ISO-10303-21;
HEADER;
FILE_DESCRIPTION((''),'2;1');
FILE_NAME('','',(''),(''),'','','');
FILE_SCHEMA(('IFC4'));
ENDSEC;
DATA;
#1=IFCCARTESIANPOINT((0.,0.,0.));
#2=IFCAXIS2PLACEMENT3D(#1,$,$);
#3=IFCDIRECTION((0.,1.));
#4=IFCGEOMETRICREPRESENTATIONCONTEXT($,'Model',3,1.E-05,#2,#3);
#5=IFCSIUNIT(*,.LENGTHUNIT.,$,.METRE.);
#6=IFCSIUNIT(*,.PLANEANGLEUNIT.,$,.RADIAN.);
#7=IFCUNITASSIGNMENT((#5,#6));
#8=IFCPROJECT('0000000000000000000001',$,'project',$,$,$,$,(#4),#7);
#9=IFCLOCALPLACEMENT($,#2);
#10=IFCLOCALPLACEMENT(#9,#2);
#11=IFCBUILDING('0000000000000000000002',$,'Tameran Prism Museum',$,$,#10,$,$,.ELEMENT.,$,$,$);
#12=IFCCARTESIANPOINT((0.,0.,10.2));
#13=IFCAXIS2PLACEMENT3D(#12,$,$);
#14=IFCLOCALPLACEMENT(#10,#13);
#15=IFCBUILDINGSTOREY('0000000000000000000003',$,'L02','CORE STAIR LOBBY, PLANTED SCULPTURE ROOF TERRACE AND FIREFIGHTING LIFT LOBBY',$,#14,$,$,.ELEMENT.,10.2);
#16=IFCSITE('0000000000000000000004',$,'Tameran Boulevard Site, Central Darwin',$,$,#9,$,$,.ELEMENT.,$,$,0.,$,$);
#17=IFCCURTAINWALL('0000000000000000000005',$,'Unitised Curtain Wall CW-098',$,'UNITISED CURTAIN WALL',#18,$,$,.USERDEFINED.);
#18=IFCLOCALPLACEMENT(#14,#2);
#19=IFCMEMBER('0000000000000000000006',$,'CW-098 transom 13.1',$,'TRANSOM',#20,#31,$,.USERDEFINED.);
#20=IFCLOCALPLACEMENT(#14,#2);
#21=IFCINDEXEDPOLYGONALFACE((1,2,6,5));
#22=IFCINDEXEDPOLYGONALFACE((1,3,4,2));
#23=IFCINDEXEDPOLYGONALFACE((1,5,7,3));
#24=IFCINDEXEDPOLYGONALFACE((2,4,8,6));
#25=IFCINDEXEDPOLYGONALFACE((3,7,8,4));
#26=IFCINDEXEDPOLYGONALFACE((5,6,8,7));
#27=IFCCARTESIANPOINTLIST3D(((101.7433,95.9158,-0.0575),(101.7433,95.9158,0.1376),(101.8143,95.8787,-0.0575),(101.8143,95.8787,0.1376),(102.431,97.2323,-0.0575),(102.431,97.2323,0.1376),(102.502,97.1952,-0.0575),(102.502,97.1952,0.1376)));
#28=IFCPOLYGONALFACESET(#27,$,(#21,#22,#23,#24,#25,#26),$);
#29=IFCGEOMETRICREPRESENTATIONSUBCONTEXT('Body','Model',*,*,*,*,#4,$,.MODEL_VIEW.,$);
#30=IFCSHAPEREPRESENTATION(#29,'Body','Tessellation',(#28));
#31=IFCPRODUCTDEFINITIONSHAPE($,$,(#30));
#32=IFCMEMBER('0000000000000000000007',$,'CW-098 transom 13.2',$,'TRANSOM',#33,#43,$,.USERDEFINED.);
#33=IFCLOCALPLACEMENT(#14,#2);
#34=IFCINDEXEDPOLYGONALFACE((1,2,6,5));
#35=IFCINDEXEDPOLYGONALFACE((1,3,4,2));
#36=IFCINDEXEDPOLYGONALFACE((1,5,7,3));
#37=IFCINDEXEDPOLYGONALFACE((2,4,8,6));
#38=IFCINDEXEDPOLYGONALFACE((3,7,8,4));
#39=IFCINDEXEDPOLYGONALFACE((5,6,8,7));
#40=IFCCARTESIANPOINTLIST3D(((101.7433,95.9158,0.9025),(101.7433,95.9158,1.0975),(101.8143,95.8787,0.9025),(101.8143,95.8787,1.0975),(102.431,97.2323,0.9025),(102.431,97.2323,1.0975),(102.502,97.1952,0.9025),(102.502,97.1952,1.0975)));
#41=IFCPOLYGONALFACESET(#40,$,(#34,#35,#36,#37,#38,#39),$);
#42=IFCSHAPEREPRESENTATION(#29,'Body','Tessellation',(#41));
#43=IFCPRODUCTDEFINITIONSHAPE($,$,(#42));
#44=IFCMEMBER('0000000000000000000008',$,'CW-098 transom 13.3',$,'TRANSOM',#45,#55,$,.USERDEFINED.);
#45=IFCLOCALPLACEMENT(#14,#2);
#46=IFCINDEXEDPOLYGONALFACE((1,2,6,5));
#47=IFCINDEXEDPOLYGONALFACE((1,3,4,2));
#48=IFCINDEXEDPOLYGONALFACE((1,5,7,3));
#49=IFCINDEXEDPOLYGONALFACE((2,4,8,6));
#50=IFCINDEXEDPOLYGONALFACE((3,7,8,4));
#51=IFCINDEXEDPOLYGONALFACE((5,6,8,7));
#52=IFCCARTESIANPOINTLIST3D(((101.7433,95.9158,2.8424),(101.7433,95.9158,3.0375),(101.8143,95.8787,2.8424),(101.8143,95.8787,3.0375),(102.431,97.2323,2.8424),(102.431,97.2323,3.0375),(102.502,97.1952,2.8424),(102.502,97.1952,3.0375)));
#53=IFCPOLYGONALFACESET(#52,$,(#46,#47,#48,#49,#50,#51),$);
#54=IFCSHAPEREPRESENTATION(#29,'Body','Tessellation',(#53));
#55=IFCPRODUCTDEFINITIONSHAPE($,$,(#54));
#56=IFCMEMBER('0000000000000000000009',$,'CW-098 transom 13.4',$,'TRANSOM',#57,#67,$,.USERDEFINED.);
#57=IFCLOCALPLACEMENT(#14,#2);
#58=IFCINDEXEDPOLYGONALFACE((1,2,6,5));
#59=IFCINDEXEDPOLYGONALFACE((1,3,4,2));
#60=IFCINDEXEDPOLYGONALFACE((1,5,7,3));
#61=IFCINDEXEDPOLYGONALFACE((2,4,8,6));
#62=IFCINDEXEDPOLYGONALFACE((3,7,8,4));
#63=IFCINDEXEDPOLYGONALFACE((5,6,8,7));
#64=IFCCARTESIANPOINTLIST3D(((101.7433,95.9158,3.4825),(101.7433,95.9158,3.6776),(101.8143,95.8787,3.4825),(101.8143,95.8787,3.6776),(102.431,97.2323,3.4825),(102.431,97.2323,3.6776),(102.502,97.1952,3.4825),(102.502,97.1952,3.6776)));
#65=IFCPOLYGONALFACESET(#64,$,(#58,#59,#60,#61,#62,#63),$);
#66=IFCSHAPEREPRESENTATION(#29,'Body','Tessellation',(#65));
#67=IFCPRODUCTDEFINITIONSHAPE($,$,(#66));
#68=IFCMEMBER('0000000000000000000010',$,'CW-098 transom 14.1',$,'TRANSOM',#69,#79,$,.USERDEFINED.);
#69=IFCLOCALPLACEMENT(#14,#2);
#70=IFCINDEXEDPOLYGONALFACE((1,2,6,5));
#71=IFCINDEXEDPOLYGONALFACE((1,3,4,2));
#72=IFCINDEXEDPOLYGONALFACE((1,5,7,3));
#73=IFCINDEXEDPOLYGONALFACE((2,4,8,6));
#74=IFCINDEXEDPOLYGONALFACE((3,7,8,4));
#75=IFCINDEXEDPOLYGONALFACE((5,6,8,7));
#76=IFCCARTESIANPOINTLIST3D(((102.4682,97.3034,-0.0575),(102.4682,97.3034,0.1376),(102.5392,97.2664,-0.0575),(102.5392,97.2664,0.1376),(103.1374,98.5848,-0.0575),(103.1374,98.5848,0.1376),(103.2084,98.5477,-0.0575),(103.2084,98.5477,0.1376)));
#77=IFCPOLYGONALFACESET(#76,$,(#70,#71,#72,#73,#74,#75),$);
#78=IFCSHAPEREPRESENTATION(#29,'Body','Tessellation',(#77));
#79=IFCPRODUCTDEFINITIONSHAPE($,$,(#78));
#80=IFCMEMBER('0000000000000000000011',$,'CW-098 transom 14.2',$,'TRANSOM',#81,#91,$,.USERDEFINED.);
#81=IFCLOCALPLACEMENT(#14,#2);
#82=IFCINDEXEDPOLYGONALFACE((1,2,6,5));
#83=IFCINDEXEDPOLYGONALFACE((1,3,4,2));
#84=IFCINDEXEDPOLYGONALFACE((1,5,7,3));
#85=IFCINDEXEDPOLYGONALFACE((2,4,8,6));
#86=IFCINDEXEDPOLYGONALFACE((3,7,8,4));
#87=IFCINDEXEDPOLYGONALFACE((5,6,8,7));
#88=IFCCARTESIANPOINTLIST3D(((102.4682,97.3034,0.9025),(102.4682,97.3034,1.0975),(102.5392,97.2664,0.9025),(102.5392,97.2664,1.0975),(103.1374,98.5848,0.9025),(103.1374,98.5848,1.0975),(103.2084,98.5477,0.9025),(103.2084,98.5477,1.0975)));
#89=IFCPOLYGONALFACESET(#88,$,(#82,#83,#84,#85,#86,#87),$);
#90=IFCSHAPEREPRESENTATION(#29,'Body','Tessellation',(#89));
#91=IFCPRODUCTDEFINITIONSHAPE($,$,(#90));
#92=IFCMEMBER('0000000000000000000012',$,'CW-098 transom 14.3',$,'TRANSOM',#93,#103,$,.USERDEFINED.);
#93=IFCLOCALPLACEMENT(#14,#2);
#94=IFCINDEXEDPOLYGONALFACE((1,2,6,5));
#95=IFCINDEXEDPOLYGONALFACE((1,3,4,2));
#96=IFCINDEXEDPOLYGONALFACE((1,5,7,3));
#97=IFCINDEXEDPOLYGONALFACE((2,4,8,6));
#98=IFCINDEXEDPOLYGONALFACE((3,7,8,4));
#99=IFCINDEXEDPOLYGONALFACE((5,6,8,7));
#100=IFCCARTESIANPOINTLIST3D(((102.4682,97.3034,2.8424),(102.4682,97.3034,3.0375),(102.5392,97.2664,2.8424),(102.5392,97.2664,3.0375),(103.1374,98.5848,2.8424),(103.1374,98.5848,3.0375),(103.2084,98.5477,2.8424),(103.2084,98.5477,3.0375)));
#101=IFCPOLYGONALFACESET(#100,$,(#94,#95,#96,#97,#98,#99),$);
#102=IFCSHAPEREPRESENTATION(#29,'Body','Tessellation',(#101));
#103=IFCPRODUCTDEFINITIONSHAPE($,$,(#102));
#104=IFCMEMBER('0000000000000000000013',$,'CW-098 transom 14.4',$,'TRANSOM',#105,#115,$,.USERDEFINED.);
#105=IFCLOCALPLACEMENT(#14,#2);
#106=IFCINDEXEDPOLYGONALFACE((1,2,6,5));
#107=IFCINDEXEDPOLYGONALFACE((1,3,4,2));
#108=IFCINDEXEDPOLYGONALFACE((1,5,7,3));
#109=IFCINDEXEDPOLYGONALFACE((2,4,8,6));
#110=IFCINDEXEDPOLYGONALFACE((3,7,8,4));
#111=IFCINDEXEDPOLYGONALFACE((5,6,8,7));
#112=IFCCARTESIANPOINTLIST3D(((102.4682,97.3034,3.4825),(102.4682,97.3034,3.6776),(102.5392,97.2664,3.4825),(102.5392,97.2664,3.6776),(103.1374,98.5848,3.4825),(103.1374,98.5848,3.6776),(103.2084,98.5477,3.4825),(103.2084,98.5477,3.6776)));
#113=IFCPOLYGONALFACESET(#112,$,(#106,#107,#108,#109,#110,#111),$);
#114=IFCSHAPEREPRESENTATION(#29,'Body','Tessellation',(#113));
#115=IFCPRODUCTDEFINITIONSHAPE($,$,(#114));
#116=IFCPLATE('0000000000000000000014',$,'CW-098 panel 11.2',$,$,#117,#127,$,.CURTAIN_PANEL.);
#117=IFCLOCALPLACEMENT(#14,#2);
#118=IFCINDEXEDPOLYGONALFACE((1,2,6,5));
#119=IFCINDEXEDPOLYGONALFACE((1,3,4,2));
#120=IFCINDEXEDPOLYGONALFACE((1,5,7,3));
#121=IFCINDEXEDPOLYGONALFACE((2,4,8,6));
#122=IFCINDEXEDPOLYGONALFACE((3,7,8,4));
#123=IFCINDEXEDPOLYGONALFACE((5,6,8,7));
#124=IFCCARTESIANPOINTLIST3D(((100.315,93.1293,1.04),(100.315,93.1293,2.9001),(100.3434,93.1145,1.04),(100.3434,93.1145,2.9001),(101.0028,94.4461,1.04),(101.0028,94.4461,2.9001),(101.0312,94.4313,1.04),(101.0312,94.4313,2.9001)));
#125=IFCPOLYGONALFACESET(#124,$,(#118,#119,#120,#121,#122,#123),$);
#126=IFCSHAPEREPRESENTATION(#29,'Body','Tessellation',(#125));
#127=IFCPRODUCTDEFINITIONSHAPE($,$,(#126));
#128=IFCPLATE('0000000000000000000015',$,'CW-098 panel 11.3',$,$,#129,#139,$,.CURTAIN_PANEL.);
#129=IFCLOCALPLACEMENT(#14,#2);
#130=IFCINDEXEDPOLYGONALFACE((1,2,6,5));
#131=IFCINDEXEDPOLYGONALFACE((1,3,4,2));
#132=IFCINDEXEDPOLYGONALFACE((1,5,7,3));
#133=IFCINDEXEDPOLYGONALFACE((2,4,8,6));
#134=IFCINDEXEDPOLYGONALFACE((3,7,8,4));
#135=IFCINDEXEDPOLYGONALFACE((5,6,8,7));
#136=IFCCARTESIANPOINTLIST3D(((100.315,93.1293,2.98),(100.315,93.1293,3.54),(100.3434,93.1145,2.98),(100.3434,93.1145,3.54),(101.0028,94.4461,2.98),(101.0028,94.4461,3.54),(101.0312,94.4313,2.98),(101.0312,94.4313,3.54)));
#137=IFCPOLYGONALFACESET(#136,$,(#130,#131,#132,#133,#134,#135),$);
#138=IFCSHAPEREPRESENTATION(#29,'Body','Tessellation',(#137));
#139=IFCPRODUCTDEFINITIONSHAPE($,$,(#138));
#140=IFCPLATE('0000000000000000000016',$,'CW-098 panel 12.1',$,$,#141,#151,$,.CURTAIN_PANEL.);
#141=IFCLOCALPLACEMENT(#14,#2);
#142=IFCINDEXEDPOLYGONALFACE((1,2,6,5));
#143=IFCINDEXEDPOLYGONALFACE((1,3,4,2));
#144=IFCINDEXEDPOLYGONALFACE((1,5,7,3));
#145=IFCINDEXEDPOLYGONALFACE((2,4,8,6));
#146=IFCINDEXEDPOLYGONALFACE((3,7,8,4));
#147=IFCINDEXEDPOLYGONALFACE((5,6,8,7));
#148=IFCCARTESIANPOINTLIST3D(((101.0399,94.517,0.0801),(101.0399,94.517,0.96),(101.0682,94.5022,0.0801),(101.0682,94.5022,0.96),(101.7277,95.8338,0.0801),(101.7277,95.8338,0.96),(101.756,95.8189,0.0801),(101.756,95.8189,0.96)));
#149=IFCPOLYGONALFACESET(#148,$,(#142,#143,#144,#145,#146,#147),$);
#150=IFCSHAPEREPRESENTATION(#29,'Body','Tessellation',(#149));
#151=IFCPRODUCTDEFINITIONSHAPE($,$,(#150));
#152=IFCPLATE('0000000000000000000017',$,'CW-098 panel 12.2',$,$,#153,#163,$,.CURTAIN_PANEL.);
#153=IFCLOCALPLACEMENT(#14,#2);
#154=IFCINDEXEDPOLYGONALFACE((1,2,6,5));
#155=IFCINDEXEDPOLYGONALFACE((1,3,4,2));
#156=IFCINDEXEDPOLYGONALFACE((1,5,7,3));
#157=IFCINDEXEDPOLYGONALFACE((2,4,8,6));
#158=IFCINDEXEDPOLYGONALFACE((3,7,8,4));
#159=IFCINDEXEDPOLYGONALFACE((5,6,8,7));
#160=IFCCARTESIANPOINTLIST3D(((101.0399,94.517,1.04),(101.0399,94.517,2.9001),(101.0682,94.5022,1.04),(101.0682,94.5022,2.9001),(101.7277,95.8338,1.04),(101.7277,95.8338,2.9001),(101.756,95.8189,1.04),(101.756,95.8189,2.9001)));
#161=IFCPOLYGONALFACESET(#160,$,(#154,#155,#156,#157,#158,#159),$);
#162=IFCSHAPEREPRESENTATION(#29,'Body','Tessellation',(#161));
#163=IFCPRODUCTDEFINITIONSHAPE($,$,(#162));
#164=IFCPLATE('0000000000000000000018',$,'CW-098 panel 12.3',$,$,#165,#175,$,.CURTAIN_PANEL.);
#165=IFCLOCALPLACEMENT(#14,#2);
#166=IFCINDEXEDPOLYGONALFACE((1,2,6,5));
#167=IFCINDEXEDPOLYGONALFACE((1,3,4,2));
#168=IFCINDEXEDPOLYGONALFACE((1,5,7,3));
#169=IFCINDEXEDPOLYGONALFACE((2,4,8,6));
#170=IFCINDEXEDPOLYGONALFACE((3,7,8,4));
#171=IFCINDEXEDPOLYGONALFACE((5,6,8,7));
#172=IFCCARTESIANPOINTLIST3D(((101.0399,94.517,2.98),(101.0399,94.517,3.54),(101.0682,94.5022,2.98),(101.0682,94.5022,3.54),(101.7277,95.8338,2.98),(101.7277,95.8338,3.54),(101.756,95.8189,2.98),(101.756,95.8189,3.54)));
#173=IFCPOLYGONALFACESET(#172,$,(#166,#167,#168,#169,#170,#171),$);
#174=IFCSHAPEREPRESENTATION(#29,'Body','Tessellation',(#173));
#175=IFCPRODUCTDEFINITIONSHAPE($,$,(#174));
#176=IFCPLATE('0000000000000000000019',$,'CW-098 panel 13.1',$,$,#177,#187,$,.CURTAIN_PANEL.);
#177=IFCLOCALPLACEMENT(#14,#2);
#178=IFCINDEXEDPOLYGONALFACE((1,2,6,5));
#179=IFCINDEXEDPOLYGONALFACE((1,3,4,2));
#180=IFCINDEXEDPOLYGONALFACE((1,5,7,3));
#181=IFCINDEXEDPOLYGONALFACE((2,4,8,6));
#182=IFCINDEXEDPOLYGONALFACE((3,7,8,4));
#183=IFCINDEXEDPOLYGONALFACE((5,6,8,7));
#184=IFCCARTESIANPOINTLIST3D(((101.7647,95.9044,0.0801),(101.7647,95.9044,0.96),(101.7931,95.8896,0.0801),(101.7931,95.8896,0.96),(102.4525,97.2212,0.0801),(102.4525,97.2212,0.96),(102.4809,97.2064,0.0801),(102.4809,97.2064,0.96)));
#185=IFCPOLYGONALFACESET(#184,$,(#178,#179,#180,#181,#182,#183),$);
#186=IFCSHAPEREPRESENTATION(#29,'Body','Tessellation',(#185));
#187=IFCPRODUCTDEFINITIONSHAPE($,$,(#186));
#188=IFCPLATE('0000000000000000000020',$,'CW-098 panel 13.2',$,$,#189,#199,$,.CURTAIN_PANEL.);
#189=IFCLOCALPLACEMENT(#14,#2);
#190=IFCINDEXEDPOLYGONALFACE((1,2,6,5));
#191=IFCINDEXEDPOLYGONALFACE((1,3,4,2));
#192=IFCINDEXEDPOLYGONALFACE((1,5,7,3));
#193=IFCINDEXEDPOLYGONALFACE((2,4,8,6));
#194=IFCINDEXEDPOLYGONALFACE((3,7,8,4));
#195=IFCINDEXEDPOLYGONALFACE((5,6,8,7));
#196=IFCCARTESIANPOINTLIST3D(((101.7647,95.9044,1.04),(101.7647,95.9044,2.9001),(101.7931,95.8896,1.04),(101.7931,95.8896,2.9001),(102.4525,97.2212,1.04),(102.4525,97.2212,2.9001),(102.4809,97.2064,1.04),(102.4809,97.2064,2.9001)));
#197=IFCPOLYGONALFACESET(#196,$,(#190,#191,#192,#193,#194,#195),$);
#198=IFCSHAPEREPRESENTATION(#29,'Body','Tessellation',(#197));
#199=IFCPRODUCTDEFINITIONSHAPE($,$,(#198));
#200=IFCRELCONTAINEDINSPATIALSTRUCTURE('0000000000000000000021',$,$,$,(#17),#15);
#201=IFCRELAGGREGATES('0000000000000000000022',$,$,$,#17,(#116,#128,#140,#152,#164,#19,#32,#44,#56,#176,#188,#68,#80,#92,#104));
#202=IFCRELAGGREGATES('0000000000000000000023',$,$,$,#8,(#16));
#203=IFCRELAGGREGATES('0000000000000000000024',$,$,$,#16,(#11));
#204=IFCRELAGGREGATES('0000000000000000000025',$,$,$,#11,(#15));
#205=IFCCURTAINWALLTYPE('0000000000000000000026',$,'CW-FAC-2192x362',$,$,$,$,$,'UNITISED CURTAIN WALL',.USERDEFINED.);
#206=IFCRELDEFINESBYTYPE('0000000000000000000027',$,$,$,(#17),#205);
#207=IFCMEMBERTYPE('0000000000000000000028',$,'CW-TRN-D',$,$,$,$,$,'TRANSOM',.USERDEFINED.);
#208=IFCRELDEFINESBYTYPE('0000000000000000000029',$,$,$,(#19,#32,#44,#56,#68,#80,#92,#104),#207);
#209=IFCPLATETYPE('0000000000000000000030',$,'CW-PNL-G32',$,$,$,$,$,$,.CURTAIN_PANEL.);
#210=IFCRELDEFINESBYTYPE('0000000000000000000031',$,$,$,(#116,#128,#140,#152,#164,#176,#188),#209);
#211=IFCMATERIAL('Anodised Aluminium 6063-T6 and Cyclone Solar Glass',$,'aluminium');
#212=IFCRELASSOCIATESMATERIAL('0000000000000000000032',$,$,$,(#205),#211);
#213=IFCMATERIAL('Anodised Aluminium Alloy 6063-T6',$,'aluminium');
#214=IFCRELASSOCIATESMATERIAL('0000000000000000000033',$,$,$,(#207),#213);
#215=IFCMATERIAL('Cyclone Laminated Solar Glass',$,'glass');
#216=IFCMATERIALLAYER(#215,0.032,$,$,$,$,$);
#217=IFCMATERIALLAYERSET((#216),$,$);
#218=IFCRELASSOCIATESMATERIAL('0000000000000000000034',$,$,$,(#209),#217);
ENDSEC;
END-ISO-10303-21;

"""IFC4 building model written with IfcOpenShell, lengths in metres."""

from ifc_helpers import new_model, si_unit, direction, frame, origin, origin_2d, place, context, subcontext, project, spatial, rectangle, extrude, material, layer, layer_set, material_profile, profile_set, type_object, element, aggregate, save


model = new_model("IFC4")

# Units and contexts
model_context = context("Model", 3, precision=1e-05, world=origin(), true_north=direction((0.0, 1.0)))
body_context = subcontext(model_context, "Body", "Model", "MODEL_VIEW")
ifc_project = project(units=[si_unit("LENGTHUNIT", "METRE"), si_unit("PLANEANGLEUNIT", "RADIAN")], contexts=[model_context])

# Site, building, storey
site_placement = place(None, origin())
site = spatial("IfcSite", under=ifc_project, at=site_placement, Name="Tameran Boulevard Site, Central Darwin", CompositionType="ELEMENT", RefElevation=0.0)
building_placement = place(site_placement, origin())
building = spatial("IfcBuilding", under=site, at=building_placement, Name="Tameran Prism Museum", CompositionType="ELEMENT")
storey_placement = place(building_placement, frame((0.0, 0.0, 10.2)))
storey = spatial("IfcBuildingStorey", under=building, at=storey_placement, Name="L02", Description="CORE STAIR LOBBY, PLANTED SCULPTURE ROOF TERRACE AND FIREFIGHTING LIFT LOBBY", CompositionType="ELEMENT", Elevation=10.2)

# Curtain wall, members, plates
ifc_material_1 = material(Name="Anodised Aluminium 6063-T6 and Cyclone Solar Glass", Category="aluminium")
curtain_wall_type = type_object("IfcCurtainWallType", Name="CW-FAC-2192x362", ElementType="UNITISED CURTAIN WALL", PredefinedType="USERDEFINED", material=ifc_material_1)
curtain_wall_placement = place(storey_placement, origin())
curtain_wall = element("IfcCurtainWall", 1, at=curtain_wall_placement, inside=storey, type_object=curtain_wall_type, Name="Unitised Curtain Wall CW-098", ObjectType="UNITISED CURTAIN WALL", PredefinedType="USERDEFINED")
ifc_material_2 = material(Name="Anodised Aluminium Alloy 6063-T6", Category="aluminium")
ifc_material_profile_1 = material_profile(ifc_material_2, rectangle(XDim=0.0801, YDim=0.1951, at=origin_2d()))
ifc_profile_set_1 = profile_set([ifc_material_profile_1])
member_type_1 = type_object("IfcMemberType", Name="CW-TRN-D", ElementType="TRANSOM", PredefinedType="USERDEFINED", material=ifc_profile_set_1)
member_1_placement = place(storey_placement, frame((101.7788, 95.8972, 0.04), z_axis=(0.462987, 0.886365, 0.0), x_axis=(-0.886365, 0.462987, 0.0)))
member_1 = element("IfcMember", 2, at=member_1_placement, type_object=member_type_1, Name="CW-098 transom 13.1", ObjectType="TRANSOM", PredefinedType="USERDEFINED", context=body_context, shape_type="SweptSolid", body=[
    extrude(rectangle(XDim=0.0801, YDim=0.1951, at=origin_2d()), origin(), (0.0, 0.0, 1.0), 1.4854),
])
member_2_placement = place(storey_placement, frame((101.7788, 95.8972, 1.0), z_axis=(0.462987, 0.886365, 0.0), x_axis=(-0.886365, 0.462987, 0.0)))
member_2 = element("IfcMember", 3, at=member_2_placement, type_object=member_type_1, Name="CW-098 transom 13.2", ObjectType="TRANSOM", PredefinedType="USERDEFINED", context=body_context, shape_type="SweptSolid", body=[
    extrude(rectangle(XDim=0.0801, YDim=0.1951, at=origin_2d()), origin(), (0.0, 0.0, 1.0), 1.4854),
])
member_3_placement = place(storey_placement, frame((101.7788, 95.8972, 2.9399), z_axis=(0.462987, 0.886365, 0.0), x_axis=(-0.886365, 0.462987, 0.0)))
member_3 = element("IfcMember", 4, at=member_3_placement, type_object=member_type_1, Name="CW-098 transom 13.3", ObjectType="TRANSOM", PredefinedType="USERDEFINED", context=body_context, shape_type="SweptSolid", body=[
    extrude(rectangle(XDim=0.0801, YDim=0.1951, at=origin_2d()), origin(), (0.0, 0.0, 1.0), 1.4854),
])
member_4_placement = place(storey_placement, frame((101.7788, 95.8972, 3.5801), z_axis=(0.462987, 0.886365, 0.0), x_axis=(-0.886365, 0.462987, 0.0)))
member_4 = element("IfcMember", 5, at=member_4_placement, type_object=member_type_1, Name="CW-098 transom 13.4", ObjectType="TRANSOM", PredefinedType="USERDEFINED", context=body_context, shape_type="SweptSolid", body=[
    extrude(rectangle(XDim=0.0801, YDim=0.1951, at=origin_2d()), origin(), (0.0, 0.0, 1.0), 1.4854),
])
member_5_placement = place(storey_placement, frame((102.5037, 97.2849, 0.04), z_axis=(0.462953, 0.886383, 0.0), x_axis=(-0.886383, 0.462953, 0.0)))
member_5 = element("IfcMember", 6, at=member_5_placement, type_object=member_type_1, Name="CW-098 transom 14.1", ObjectType="TRANSOM", PredefinedType="USERDEFINED", context=body_context, shape_type="SweptSolid", body=[
    extrude(rectangle(XDim=0.0801, YDim=0.1951, at=origin_2d()), origin(), (0.0, 0.0, 1.0), 1.4456),
])
member_6_placement = place(storey_placement, frame((102.5037, 97.2849, 1.0), z_axis=(0.462953, 0.886383, 0.0), x_axis=(-0.886383, 0.462953, 0.0)))
member_6 = element("IfcMember", 7, at=member_6_placement, type_object=member_type_1, Name="CW-098 transom 14.2", ObjectType="TRANSOM", PredefinedType="USERDEFINED", context=body_context, shape_type="SweptSolid", body=[
    extrude(rectangle(XDim=0.0801, YDim=0.1951, at=origin_2d()), origin(), (0.0, 0.0, 1.0), 1.4456),
])
member_7_placement = place(storey_placement, frame((102.5037, 97.2849, 2.9399), z_axis=(0.462953, 0.886383, 0.0), x_axis=(-0.886383, 0.462953, 0.0)))
member_7 = element("IfcMember", 8, at=member_7_placement, type_object=member_type_1, Name="CW-098 transom 14.3", ObjectType="TRANSOM", PredefinedType="USERDEFINED", context=body_context, shape_type="SweptSolid", body=[
    extrude(rectangle(XDim=0.0801, YDim=0.1951, at=origin_2d()), origin(), (0.0, 0.0, 1.0), 1.4456),
])
member_8_placement = place(storey_placement, frame((102.5037, 97.2849, 3.5801), z_axis=(0.462953, 0.886383, 0.0), x_axis=(-0.886383, 0.462953, 0.0)))
member_8 = element("IfcMember", 9, at=member_8_placement, type_object=member_type_1, Name="CW-098 transom 14.4", ObjectType="TRANSOM", PredefinedType="USERDEFINED", context=body_context, shape_type="SweptSolid", body=[
    extrude(rectangle(XDim=0.0801, YDim=0.1951, at=origin_2d()), origin(), (0.0, 0.0, 1.0), 1.4456),
])
ifc_material_3 = material(Name="Cyclone Laminated Solar Glass", Category="glass")
ifc_layer = layer(ifc_material_3, 0.032)
ifc_layer_set = layer_set([ifc_layer])
plate_type = type_object("IfcPlateType", Name="CW-PNL-G32", PredefinedType="CURTAIN_PANEL", material=ifc_layer_set)
plate_1_placement = place(storey_placement, frame((100.6731, 93.7803, 1.04), z_axis=(0.0, 0.0, 1.0), x_axis=(0.463003, 0.886357, 0.0)))
plate_1 = element("IfcPlate", 10, at=plate_1_placement, type_object=plate_type, Name="CW-098 panel 11.2", PredefinedType="CURTAIN_PANEL", context=body_context, shape_type="SweptSolid", body=[
    extrude(rectangle(XDim=1.4856, YDim=0.032, at=origin_2d()), origin(), (0.0, 0.0, 1.0), 1.8601),
])
plate_2_placement = place(storey_placement, frame((100.6731, 93.7803, 2.98), z_axis=(0.0, 0.0, 1.0), x_axis=(0.463003, 0.886357, 0.0)))
plate_2 = element("IfcPlate", 11, at=plate_2_placement, type_object=plate_type, Name="CW-098 panel 11.3", PredefinedType="CURTAIN_PANEL", context=body_context, shape_type="SweptSolid", body=[
    extrude(rectangle(XDim=1.4856, YDim=0.032, at=origin_2d()), origin(), (0.0, 0.0, 1.0), 0.5601),
])
plate_3_placement = place(storey_placement, frame((101.3979, 95.168, 0.0801), z_axis=(0.0, 0.0, 1.0), x_axis=(0.463003, 0.886357, 0.0)))
plate_3 = element("IfcPlate", 12, at=plate_3_placement, type_object=plate_type, Name="CW-098 panel 12.1", PredefinedType="CURTAIN_PANEL", context=body_context, shape_type="SweptSolid", body=[
    extrude(rectangle(XDim=1.4856, YDim=0.032, at=origin_2d()), origin(), (0.0, 0.0, 1.0), 0.8799),
])
plate_4_placement = place(storey_placement, frame((101.3979, 95.168, 1.04), z_axis=(0.0, 0.0, 1.0), x_axis=(0.463003, 0.886357, 0.0)))
plate_4 = element("IfcPlate", 13, at=plate_4_placement, type_object=plate_type, Name="CW-098 panel 12.2", PredefinedType="CURTAIN_PANEL", context=body_context, shape_type="SweptSolid", body=[
    extrude(rectangle(XDim=1.4856, YDim=0.032, at=origin_2d()), origin(), (0.0, 0.0, 1.0), 1.8601),
])
plate_5_placement = place(storey_placement, frame((101.3979, 95.168, 2.98), z_axis=(0.0, 0.0, 1.0), x_axis=(0.463003, 0.886357, 0.0)))
plate_5 = element("IfcPlate", 14, at=plate_5_placement, type_object=plate_type, Name="CW-098 panel 12.3", PredefinedType="CURTAIN_PANEL", context=body_context, shape_type="SweptSolid", body=[
    extrude(rectangle(XDim=1.4856, YDim=0.032, at=origin_2d()), origin(), (0.0, 0.0, 1.0), 0.5601),
])
plate_6_placement = place(storey_placement, frame((102.1228, 96.5554, 0.0801), z_axis=(0.0, 0.0, 1.0), x_axis=(0.463003, 0.886357, 0.0)))
plate_6 = element("IfcPlate", 15, at=plate_6_placement, type_object=plate_type, Name="CW-098 panel 13.1", PredefinedType="CURTAIN_PANEL", context=body_context, shape_type="SweptSolid", body=[
    extrude(rectangle(XDim=1.4856, YDim=0.032, at=origin_2d()), origin(), (0.0, 0.0, 1.0), 0.8799),
])
plate_7_placement = place(storey_placement, frame((102.1228, 96.5554, 1.04), z_axis=(0.0, 0.0, 1.0), x_axis=(0.463003, 0.886357, 0.0)))
plate_7 = element("IfcPlate", 16, at=plate_7_placement, type_object=plate_type, Name="CW-098 panel 13.2", PredefinedType="CURTAIN_PANEL", context=body_context, shape_type="SweptSolid", body=[
    extrude(rectangle(XDim=1.4856, YDim=0.032, at=origin_2d()), origin(), (0.0, 0.0, 1.0), 1.8601),
])
aggregate(curtain_wall, [plate_1, plate_2, plate_3, plate_4, plate_5, member_1, member_2, member_3, member_4, plate_6, plate_7, member_5, member_6, member_7, member_8])

save(model, "model.ifc")
